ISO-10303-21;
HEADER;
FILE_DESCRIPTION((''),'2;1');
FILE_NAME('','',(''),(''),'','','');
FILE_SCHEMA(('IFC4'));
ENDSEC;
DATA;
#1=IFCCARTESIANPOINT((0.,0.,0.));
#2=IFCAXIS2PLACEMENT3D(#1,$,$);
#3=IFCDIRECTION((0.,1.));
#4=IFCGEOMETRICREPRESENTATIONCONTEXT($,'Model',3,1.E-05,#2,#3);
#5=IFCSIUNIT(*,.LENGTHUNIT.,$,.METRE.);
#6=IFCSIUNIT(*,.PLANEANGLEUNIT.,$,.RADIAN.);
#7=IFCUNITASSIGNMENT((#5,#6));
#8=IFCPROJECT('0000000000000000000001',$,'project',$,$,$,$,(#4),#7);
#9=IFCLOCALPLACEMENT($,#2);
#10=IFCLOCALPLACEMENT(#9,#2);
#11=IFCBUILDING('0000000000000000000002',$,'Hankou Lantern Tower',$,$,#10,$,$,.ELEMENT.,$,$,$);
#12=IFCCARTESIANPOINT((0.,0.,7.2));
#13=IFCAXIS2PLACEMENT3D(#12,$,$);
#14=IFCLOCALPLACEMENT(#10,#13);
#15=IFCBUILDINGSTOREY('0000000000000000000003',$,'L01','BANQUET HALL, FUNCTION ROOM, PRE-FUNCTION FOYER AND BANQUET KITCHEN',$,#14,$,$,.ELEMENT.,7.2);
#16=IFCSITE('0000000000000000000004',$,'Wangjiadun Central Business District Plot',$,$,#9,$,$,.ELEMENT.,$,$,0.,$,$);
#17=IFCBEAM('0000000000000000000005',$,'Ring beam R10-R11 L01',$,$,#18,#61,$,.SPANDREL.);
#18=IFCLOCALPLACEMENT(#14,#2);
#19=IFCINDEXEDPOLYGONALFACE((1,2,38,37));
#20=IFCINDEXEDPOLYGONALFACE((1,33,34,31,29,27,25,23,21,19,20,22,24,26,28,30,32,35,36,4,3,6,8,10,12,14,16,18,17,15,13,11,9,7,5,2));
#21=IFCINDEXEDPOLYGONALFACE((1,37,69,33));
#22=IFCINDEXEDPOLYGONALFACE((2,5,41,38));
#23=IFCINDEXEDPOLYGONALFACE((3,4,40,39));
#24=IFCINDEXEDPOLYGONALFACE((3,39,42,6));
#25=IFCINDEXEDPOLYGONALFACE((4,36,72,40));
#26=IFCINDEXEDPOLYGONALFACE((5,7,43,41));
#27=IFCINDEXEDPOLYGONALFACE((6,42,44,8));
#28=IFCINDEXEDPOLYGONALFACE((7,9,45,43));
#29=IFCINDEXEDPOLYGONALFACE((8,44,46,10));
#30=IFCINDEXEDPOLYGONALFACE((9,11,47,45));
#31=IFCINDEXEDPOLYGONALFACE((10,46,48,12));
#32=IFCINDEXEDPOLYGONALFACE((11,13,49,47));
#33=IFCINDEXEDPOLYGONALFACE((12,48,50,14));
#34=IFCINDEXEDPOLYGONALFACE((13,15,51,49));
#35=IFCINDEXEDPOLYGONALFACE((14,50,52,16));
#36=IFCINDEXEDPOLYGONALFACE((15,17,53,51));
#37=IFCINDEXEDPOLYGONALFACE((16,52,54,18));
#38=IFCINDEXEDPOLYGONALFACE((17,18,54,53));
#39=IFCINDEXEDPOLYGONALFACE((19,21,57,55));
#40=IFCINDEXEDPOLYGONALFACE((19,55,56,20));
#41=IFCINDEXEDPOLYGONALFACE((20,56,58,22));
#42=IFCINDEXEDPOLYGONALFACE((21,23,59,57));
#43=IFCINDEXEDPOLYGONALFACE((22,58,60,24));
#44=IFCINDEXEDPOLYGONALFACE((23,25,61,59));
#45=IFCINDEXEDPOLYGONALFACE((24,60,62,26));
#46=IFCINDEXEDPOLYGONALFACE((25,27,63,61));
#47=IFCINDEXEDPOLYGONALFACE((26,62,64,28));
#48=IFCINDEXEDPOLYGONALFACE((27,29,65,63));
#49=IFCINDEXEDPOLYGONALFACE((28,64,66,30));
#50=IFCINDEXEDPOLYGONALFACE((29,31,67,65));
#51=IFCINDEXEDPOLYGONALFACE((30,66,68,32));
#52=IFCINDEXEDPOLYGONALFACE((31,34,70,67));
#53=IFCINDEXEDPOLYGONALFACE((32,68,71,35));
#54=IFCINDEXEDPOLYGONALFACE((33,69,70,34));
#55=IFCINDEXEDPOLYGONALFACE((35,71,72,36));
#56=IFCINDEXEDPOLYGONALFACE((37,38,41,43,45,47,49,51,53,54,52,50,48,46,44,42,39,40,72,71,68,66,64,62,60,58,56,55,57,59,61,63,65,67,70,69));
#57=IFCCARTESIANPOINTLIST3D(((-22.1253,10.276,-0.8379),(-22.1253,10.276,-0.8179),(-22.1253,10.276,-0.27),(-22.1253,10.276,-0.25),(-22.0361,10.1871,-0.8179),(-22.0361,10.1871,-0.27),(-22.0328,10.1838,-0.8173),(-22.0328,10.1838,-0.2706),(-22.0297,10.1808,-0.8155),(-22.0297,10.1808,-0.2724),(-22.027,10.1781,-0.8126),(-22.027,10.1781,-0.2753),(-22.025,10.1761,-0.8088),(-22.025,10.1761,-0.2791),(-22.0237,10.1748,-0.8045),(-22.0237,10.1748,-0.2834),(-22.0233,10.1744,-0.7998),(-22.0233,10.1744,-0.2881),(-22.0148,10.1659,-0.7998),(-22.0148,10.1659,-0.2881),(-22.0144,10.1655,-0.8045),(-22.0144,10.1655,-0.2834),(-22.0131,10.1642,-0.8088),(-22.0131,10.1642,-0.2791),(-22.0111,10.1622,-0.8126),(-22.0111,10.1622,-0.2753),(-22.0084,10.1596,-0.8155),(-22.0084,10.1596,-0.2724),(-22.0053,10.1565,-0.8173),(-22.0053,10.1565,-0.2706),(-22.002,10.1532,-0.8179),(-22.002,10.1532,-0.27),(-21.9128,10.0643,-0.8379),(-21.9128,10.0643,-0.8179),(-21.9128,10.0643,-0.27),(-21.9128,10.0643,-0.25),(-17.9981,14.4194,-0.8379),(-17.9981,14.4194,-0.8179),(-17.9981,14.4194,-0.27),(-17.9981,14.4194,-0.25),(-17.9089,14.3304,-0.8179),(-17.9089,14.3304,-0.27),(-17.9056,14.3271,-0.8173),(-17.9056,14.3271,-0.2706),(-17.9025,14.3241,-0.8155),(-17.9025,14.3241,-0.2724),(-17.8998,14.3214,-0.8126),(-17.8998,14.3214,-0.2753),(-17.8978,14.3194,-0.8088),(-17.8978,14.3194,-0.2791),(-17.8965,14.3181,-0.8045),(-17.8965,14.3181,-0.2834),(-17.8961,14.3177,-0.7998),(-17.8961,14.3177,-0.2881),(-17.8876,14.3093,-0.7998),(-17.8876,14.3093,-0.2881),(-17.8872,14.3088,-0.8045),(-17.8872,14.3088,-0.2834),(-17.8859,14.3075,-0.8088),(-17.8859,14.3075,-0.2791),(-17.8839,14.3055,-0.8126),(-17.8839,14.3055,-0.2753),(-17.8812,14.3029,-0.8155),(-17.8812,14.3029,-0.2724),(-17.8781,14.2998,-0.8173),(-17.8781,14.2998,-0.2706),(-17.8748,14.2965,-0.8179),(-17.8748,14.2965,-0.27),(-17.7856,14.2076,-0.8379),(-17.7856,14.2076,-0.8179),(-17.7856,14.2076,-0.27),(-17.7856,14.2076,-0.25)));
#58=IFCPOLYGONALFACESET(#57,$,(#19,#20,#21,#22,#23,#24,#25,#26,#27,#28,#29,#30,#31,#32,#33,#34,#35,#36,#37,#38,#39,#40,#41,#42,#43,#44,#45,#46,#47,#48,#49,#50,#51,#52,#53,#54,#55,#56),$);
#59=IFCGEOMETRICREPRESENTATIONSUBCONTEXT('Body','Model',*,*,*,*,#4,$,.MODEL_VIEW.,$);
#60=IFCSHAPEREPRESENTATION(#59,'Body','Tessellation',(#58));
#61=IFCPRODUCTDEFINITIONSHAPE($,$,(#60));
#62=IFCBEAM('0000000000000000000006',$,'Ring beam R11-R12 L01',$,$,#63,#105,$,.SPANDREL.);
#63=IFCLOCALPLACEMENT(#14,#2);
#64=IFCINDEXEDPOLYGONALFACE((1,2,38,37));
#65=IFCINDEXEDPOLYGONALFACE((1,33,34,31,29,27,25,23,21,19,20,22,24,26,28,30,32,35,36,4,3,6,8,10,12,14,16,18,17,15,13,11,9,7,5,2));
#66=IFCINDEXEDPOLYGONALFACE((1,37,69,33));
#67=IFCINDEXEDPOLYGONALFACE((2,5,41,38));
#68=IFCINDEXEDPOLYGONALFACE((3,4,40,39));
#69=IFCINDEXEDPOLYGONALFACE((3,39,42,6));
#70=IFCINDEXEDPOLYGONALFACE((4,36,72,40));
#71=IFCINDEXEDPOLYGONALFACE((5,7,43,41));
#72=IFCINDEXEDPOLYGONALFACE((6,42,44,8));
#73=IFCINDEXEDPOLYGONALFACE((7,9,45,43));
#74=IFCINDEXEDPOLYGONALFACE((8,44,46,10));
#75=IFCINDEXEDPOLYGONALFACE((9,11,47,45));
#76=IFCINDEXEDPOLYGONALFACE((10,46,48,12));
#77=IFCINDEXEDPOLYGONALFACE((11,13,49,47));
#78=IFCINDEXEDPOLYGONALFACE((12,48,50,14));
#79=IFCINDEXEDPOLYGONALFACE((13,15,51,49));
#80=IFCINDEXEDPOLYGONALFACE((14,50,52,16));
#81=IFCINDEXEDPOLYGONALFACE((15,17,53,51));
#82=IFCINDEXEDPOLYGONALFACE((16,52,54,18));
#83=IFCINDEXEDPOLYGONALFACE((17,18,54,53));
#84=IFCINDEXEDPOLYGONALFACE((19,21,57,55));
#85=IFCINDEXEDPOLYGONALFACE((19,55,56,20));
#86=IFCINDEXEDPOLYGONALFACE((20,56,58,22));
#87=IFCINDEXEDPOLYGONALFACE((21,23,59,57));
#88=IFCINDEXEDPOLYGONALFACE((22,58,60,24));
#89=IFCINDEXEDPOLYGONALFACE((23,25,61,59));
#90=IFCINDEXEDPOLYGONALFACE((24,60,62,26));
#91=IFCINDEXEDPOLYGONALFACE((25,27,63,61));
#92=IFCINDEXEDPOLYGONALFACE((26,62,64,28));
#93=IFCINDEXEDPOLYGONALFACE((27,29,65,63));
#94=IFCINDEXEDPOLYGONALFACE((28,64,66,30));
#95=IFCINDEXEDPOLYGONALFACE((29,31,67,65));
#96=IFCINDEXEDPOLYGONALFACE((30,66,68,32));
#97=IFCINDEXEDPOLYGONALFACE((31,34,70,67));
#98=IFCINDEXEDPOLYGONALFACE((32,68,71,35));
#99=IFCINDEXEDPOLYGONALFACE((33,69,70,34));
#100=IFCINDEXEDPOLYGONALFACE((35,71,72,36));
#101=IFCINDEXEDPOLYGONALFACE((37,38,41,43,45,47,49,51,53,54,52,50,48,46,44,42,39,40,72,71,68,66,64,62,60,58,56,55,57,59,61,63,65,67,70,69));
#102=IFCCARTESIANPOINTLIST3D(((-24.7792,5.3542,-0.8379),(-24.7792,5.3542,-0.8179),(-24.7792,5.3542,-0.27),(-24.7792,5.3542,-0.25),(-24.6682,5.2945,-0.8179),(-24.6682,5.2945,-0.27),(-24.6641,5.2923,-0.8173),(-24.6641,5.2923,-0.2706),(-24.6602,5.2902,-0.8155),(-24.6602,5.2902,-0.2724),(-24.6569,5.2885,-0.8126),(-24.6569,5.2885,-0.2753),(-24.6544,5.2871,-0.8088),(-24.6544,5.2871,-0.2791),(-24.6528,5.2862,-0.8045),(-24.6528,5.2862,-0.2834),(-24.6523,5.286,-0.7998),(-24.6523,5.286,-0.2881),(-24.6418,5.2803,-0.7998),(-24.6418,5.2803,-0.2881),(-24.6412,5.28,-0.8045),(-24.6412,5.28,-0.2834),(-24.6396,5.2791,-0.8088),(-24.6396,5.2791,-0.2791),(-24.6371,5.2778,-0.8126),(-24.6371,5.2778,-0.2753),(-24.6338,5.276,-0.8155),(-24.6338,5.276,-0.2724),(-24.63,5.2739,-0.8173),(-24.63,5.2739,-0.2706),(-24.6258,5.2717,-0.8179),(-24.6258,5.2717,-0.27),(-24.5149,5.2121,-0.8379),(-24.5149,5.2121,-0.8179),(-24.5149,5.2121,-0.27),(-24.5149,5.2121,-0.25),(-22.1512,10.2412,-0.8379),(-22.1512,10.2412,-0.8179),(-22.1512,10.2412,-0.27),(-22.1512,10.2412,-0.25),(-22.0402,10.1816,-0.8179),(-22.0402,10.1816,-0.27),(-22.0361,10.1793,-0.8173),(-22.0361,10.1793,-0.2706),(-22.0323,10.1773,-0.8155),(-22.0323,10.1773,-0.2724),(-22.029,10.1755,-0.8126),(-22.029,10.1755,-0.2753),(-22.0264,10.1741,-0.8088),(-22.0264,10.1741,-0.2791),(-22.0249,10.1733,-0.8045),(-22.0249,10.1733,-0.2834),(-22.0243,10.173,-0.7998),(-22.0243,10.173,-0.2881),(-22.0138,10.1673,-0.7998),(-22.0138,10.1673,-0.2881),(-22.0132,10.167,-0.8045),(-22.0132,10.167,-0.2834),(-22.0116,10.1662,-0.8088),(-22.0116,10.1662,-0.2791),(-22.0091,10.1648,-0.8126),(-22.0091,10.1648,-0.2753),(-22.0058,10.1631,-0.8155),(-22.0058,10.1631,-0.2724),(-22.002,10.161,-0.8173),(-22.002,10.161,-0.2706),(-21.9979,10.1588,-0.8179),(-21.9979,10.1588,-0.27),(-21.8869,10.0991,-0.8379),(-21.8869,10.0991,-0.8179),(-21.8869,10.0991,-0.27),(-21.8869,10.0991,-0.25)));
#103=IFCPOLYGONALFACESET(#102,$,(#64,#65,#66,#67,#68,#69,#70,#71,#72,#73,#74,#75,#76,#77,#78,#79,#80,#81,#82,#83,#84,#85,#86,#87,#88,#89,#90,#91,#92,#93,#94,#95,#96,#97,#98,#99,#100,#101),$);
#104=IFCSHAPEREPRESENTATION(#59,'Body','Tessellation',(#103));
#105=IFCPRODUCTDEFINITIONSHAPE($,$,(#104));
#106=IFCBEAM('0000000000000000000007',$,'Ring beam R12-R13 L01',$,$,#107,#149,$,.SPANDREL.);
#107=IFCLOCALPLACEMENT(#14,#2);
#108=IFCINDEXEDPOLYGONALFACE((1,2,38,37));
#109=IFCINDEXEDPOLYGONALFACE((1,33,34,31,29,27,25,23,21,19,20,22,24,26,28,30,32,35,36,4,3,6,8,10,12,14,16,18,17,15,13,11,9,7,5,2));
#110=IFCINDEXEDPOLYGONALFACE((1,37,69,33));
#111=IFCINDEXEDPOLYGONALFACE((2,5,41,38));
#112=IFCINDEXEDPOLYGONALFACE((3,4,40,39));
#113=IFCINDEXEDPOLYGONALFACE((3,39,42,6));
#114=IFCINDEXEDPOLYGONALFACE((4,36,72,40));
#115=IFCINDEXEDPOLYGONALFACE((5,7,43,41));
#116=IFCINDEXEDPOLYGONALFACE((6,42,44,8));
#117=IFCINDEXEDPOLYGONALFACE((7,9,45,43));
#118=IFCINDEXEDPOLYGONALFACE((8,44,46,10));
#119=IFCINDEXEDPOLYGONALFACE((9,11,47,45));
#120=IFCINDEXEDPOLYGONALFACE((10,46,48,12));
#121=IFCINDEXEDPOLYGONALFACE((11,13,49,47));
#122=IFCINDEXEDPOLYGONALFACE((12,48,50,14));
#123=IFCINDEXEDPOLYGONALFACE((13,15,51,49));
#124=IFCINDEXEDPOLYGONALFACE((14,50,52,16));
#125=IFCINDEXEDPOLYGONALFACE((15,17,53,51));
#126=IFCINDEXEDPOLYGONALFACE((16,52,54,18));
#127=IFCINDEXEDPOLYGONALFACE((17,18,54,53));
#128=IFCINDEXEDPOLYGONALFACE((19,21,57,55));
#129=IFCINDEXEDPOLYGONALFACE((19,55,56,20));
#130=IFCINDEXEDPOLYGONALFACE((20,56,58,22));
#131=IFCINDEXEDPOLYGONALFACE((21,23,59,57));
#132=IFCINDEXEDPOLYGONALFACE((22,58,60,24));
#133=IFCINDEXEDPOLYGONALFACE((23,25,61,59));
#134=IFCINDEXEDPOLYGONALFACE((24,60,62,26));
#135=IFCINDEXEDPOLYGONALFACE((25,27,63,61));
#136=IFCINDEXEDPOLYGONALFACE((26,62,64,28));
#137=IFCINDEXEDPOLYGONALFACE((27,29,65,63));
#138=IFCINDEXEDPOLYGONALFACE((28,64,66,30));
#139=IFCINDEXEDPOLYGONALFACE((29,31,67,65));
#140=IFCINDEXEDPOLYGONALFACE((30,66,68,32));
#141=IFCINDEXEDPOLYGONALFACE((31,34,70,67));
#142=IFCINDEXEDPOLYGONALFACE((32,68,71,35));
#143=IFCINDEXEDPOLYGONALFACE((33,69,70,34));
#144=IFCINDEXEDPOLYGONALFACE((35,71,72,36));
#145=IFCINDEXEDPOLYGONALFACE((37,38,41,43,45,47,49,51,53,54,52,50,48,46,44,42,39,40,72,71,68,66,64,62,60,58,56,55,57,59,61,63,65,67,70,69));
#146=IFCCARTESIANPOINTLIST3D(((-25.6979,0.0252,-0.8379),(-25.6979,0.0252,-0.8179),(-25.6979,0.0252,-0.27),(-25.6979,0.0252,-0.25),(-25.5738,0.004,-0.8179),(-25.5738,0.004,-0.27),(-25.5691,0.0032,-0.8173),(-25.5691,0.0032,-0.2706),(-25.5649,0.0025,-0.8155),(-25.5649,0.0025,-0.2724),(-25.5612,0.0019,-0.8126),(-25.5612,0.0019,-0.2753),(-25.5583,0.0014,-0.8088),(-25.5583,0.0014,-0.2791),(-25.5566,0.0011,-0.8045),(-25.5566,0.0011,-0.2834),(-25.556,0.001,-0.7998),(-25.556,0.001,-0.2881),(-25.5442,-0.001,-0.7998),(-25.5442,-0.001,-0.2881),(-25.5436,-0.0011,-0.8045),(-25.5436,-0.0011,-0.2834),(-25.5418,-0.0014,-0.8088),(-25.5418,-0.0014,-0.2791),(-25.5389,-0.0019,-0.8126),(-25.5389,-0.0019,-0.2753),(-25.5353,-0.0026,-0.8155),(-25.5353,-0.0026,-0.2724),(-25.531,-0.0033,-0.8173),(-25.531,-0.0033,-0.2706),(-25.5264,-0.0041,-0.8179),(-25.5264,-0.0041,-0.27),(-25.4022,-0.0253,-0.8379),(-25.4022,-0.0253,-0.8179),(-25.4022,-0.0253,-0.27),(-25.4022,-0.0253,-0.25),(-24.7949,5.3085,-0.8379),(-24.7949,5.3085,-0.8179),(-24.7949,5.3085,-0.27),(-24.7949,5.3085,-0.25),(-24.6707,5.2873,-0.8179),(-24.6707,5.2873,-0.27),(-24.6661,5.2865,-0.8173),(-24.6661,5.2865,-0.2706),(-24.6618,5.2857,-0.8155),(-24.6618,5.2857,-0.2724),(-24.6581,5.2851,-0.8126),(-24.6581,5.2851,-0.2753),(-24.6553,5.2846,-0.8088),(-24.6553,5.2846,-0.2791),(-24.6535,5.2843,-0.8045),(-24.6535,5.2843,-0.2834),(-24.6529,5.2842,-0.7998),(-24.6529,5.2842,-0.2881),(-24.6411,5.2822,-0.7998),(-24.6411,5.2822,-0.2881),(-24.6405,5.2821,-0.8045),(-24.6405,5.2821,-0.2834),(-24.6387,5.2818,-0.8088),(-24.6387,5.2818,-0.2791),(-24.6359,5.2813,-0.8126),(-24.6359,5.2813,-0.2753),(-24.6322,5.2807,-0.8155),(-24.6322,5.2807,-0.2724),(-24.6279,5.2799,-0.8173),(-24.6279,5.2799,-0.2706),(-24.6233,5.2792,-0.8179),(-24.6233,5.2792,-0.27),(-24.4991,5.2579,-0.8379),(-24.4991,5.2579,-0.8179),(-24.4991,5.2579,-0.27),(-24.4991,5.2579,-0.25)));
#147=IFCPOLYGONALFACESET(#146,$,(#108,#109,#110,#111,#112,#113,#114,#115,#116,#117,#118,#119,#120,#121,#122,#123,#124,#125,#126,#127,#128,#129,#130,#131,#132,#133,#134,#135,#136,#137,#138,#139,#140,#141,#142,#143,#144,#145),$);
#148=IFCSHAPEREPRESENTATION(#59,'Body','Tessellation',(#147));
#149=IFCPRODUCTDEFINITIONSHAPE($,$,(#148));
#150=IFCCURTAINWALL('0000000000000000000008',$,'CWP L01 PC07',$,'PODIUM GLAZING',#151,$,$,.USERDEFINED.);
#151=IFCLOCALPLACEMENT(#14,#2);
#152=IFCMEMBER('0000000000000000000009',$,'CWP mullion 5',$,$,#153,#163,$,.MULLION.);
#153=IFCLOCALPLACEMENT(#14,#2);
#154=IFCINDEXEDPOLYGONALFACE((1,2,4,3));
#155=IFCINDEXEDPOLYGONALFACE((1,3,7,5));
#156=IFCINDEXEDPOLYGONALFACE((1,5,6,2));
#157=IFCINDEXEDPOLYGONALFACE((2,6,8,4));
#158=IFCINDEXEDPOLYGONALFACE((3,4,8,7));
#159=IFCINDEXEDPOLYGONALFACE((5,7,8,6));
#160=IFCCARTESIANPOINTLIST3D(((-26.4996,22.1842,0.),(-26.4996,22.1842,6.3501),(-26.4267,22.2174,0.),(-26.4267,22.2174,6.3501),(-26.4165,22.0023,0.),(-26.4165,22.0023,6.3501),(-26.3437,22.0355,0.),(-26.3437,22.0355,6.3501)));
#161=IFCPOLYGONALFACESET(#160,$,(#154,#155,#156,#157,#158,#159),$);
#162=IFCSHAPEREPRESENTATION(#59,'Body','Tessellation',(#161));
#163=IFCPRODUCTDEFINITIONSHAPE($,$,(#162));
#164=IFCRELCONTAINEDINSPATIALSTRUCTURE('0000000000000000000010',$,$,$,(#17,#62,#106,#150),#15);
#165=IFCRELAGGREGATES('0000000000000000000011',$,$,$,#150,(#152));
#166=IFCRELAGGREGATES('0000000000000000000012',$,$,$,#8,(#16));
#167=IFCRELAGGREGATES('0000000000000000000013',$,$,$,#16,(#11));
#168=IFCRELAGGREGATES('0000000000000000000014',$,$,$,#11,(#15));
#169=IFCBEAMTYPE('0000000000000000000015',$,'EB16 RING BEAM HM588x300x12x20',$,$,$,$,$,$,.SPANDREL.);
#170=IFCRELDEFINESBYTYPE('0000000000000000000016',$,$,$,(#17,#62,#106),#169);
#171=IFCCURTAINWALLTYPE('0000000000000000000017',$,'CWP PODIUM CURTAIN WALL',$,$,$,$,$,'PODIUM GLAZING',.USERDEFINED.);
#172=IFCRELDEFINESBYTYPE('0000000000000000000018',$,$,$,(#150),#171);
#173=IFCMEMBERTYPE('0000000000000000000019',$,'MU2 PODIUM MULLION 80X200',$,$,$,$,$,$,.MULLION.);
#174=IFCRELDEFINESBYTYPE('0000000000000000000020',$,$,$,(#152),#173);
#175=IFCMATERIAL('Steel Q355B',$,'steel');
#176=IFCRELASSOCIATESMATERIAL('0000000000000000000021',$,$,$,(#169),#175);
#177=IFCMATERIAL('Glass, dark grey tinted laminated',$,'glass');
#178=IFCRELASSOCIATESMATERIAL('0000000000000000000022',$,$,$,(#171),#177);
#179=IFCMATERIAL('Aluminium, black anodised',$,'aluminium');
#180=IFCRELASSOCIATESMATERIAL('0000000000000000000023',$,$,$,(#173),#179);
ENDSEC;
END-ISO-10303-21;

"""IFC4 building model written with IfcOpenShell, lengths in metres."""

from ifc_helpers import new_model, si_unit, direction, frame, origin, origin_2d, place, context, subcontext, project, spatial, rectangle, i_section, extrude, material, material_profile, profile_set, type_object, element, aggregate, save


model = new_model("IFC4")

# Units and contexts
model_context = context("Model", 3, precision=1e-05, world=origin(), true_north=direction((0.0, 1.0)))
body_context = subcontext(model_context, "Body", "Model", "MODEL_VIEW")
ifc_project = project(units=[si_unit("LENGTHUNIT", "METRE"), si_unit("PLANEANGLEUNIT", "RADIAN")], contexts=[model_context])

# Site, building, storey
site_placement = place(None, origin())
site = spatial("IfcSite", under=ifc_project, at=site_placement, Name="Wangjiadun Central Business District Plot", CompositionType="ELEMENT", RefElevation=0.0)
building_placement = place(site_placement, origin())
building = spatial("IfcBuilding", under=site, at=building_placement, Name="Hankou Lantern Tower", CompositionType="ELEMENT")
storey_placement = place(building_placement, frame((0.0, 0.0, 7.2)))
storey = spatial("IfcBuildingStorey", under=building, at=storey_placement, Name="L01", Description="BANQUET HALL, FUNCTION ROOM, PRE-FUNCTION FOYER AND BANQUET KITCHEN", CompositionType="ELEMENT", Elevation=7.2)

# Beams
ifc_material_1 = material(Name="Steel Q355B", Category="steel")
ifc_material_profile_1 = material_profile(ifc_material_1, i_section(OverallWidth=0.3, OverallDepth=0.5879, WebThickness=0.012, FlangeThickness=0.02, FilletRadius=0.0181, at=origin_2d()), Name="HM588x300x12x20")
ifc_profile_set_1 = profile_set([ifc_material_profile_1], Name="Steel Q355B")
beam_type_1 = type_object("IfcBeamType", Name="EB16 RING BEAM HM588x300x12x20", PredefinedType="SPANDREL", material=ifc_profile_set_1)
beam_1_placement = place(storey_placement, frame((-17.8918, 14.3135, -0.5439), z_axis=(-0.705728, -0.708483, 0.0), x_axis=(0.708483, -0.705728, 0.0)))
element("IfcBeam", 1, at=beam_1_placement, inside=storey, type_object=beam_type_1, Name="Ring beam R10-R11 L01", PredefinedType="SPANDREL", context=body_context, shape_type="SweptSolid", body=[
    extrude(i_section(OverallWidth=0.3, OverallDepth=0.5879, WebThickness=0.012, FlangeThickness=0.02, FilletRadius=0.0181, at=origin_2d()), origin(), (0.0, 0.0, 1.0), 5.8481),
])
beam_2_placement = place(storey_placement, frame((-22.019, 10.1702, -0.5439), z_axis=(-0.473609, -0.880735, 0.0), x_axis=(0.880735, -0.473609, 0.0)))
element("IfcBeam", 2, at=beam_2_placement, inside=storey, type_object=beam_type_1, Name="Ring beam R11-R12 L01", PredefinedType="SPANDREL", context=body_context, shape_type="SweptSolid", body=[
    extrude(i_section(OverallWidth=0.3, OverallDepth=0.5879, WebThickness=0.012, FlangeThickness=0.02, FilletRadius=0.0181, at=origin_2d()), origin(), (0.0, 0.0, 1.0), 5.5488),
])
beam_3_placement = place(storey_placement, frame((-24.647, 5.2832, -0.5439), z_axis=(-0.16849, -0.985703, 0.0), x_axis=(0.985703, -0.16849, 0.0)))
element("IfcBeam", 3, at=beam_3_placement, inside=storey, type_object=beam_type_1, Name="Ring beam R12-R13 L01", PredefinedType="SPANDREL", context=body_context, shape_type="SweptSolid", body=[
    extrude(i_section(OverallWidth=0.3, OverallDepth=0.5879, WebThickness=0.012, FlangeThickness=0.02, FilletRadius=0.0181, at=origin_2d()), origin(), (0.0, 0.0, 1.0), 5.3599),
])

# Curtain wall, member
ifc_material_2 = material(Name="Glass, dark grey tinted laminated", Category="glass")
curtain_wall_type = type_object("IfcCurtainWallType", Name="CWP PODIUM CURTAIN WALL", ElementType="PODIUM GLAZING", PredefinedType="USERDEFINED", material=ifc_material_2)
curtain_wall_placement = place(storey_placement, origin())
curtain_wall = element("IfcCurtainWall", 4, at=curtain_wall_placement, inside=storey, type_object=curtain_wall_type, Name="CWP L01 PC07", ObjectType="PODIUM GLAZING", PredefinedType="USERDEFINED")
ifc_material_3 = material(Name="Aluminium, black anodised", Category="aluminium")
ifc_material_profile_2 = material_profile(ifc_material_3, rectangle(XDim=0.0801, YDim=0.2, at=origin_2d()), Name="MU2 80X200")
ifc_profile_set_2 = profile_set([ifc_material_profile_2], Name="Aluminium, black anodised")
member_type = type_object("IfcMemberType", Name="MU2 PODIUM MULLION 80X200", PredefinedType="MULLION", material=ifc_profile_set_2)
member_placement = place(storey_placement, frame((-26.4216, 22.1099, 0.0), z_axis=(0.0, 0.0, 1.0), x_axis=(-0.90967, -0.415332, 0.0)))
member = element("IfcMember", 5, at=member_placement, type_object=member_type, Name="CWP mullion 5", PredefinedType="MULLION", context=body_context, shape_type="SweptSolid", body=[
    extrude(rectangle(XDim=0.0801, YDim=0.2, at=origin_2d()), origin(), (0.0, 0.0, 1.0), 6.3501),
])

aggregate(curtain_wall, [member])

save(model, "model.ifc")
